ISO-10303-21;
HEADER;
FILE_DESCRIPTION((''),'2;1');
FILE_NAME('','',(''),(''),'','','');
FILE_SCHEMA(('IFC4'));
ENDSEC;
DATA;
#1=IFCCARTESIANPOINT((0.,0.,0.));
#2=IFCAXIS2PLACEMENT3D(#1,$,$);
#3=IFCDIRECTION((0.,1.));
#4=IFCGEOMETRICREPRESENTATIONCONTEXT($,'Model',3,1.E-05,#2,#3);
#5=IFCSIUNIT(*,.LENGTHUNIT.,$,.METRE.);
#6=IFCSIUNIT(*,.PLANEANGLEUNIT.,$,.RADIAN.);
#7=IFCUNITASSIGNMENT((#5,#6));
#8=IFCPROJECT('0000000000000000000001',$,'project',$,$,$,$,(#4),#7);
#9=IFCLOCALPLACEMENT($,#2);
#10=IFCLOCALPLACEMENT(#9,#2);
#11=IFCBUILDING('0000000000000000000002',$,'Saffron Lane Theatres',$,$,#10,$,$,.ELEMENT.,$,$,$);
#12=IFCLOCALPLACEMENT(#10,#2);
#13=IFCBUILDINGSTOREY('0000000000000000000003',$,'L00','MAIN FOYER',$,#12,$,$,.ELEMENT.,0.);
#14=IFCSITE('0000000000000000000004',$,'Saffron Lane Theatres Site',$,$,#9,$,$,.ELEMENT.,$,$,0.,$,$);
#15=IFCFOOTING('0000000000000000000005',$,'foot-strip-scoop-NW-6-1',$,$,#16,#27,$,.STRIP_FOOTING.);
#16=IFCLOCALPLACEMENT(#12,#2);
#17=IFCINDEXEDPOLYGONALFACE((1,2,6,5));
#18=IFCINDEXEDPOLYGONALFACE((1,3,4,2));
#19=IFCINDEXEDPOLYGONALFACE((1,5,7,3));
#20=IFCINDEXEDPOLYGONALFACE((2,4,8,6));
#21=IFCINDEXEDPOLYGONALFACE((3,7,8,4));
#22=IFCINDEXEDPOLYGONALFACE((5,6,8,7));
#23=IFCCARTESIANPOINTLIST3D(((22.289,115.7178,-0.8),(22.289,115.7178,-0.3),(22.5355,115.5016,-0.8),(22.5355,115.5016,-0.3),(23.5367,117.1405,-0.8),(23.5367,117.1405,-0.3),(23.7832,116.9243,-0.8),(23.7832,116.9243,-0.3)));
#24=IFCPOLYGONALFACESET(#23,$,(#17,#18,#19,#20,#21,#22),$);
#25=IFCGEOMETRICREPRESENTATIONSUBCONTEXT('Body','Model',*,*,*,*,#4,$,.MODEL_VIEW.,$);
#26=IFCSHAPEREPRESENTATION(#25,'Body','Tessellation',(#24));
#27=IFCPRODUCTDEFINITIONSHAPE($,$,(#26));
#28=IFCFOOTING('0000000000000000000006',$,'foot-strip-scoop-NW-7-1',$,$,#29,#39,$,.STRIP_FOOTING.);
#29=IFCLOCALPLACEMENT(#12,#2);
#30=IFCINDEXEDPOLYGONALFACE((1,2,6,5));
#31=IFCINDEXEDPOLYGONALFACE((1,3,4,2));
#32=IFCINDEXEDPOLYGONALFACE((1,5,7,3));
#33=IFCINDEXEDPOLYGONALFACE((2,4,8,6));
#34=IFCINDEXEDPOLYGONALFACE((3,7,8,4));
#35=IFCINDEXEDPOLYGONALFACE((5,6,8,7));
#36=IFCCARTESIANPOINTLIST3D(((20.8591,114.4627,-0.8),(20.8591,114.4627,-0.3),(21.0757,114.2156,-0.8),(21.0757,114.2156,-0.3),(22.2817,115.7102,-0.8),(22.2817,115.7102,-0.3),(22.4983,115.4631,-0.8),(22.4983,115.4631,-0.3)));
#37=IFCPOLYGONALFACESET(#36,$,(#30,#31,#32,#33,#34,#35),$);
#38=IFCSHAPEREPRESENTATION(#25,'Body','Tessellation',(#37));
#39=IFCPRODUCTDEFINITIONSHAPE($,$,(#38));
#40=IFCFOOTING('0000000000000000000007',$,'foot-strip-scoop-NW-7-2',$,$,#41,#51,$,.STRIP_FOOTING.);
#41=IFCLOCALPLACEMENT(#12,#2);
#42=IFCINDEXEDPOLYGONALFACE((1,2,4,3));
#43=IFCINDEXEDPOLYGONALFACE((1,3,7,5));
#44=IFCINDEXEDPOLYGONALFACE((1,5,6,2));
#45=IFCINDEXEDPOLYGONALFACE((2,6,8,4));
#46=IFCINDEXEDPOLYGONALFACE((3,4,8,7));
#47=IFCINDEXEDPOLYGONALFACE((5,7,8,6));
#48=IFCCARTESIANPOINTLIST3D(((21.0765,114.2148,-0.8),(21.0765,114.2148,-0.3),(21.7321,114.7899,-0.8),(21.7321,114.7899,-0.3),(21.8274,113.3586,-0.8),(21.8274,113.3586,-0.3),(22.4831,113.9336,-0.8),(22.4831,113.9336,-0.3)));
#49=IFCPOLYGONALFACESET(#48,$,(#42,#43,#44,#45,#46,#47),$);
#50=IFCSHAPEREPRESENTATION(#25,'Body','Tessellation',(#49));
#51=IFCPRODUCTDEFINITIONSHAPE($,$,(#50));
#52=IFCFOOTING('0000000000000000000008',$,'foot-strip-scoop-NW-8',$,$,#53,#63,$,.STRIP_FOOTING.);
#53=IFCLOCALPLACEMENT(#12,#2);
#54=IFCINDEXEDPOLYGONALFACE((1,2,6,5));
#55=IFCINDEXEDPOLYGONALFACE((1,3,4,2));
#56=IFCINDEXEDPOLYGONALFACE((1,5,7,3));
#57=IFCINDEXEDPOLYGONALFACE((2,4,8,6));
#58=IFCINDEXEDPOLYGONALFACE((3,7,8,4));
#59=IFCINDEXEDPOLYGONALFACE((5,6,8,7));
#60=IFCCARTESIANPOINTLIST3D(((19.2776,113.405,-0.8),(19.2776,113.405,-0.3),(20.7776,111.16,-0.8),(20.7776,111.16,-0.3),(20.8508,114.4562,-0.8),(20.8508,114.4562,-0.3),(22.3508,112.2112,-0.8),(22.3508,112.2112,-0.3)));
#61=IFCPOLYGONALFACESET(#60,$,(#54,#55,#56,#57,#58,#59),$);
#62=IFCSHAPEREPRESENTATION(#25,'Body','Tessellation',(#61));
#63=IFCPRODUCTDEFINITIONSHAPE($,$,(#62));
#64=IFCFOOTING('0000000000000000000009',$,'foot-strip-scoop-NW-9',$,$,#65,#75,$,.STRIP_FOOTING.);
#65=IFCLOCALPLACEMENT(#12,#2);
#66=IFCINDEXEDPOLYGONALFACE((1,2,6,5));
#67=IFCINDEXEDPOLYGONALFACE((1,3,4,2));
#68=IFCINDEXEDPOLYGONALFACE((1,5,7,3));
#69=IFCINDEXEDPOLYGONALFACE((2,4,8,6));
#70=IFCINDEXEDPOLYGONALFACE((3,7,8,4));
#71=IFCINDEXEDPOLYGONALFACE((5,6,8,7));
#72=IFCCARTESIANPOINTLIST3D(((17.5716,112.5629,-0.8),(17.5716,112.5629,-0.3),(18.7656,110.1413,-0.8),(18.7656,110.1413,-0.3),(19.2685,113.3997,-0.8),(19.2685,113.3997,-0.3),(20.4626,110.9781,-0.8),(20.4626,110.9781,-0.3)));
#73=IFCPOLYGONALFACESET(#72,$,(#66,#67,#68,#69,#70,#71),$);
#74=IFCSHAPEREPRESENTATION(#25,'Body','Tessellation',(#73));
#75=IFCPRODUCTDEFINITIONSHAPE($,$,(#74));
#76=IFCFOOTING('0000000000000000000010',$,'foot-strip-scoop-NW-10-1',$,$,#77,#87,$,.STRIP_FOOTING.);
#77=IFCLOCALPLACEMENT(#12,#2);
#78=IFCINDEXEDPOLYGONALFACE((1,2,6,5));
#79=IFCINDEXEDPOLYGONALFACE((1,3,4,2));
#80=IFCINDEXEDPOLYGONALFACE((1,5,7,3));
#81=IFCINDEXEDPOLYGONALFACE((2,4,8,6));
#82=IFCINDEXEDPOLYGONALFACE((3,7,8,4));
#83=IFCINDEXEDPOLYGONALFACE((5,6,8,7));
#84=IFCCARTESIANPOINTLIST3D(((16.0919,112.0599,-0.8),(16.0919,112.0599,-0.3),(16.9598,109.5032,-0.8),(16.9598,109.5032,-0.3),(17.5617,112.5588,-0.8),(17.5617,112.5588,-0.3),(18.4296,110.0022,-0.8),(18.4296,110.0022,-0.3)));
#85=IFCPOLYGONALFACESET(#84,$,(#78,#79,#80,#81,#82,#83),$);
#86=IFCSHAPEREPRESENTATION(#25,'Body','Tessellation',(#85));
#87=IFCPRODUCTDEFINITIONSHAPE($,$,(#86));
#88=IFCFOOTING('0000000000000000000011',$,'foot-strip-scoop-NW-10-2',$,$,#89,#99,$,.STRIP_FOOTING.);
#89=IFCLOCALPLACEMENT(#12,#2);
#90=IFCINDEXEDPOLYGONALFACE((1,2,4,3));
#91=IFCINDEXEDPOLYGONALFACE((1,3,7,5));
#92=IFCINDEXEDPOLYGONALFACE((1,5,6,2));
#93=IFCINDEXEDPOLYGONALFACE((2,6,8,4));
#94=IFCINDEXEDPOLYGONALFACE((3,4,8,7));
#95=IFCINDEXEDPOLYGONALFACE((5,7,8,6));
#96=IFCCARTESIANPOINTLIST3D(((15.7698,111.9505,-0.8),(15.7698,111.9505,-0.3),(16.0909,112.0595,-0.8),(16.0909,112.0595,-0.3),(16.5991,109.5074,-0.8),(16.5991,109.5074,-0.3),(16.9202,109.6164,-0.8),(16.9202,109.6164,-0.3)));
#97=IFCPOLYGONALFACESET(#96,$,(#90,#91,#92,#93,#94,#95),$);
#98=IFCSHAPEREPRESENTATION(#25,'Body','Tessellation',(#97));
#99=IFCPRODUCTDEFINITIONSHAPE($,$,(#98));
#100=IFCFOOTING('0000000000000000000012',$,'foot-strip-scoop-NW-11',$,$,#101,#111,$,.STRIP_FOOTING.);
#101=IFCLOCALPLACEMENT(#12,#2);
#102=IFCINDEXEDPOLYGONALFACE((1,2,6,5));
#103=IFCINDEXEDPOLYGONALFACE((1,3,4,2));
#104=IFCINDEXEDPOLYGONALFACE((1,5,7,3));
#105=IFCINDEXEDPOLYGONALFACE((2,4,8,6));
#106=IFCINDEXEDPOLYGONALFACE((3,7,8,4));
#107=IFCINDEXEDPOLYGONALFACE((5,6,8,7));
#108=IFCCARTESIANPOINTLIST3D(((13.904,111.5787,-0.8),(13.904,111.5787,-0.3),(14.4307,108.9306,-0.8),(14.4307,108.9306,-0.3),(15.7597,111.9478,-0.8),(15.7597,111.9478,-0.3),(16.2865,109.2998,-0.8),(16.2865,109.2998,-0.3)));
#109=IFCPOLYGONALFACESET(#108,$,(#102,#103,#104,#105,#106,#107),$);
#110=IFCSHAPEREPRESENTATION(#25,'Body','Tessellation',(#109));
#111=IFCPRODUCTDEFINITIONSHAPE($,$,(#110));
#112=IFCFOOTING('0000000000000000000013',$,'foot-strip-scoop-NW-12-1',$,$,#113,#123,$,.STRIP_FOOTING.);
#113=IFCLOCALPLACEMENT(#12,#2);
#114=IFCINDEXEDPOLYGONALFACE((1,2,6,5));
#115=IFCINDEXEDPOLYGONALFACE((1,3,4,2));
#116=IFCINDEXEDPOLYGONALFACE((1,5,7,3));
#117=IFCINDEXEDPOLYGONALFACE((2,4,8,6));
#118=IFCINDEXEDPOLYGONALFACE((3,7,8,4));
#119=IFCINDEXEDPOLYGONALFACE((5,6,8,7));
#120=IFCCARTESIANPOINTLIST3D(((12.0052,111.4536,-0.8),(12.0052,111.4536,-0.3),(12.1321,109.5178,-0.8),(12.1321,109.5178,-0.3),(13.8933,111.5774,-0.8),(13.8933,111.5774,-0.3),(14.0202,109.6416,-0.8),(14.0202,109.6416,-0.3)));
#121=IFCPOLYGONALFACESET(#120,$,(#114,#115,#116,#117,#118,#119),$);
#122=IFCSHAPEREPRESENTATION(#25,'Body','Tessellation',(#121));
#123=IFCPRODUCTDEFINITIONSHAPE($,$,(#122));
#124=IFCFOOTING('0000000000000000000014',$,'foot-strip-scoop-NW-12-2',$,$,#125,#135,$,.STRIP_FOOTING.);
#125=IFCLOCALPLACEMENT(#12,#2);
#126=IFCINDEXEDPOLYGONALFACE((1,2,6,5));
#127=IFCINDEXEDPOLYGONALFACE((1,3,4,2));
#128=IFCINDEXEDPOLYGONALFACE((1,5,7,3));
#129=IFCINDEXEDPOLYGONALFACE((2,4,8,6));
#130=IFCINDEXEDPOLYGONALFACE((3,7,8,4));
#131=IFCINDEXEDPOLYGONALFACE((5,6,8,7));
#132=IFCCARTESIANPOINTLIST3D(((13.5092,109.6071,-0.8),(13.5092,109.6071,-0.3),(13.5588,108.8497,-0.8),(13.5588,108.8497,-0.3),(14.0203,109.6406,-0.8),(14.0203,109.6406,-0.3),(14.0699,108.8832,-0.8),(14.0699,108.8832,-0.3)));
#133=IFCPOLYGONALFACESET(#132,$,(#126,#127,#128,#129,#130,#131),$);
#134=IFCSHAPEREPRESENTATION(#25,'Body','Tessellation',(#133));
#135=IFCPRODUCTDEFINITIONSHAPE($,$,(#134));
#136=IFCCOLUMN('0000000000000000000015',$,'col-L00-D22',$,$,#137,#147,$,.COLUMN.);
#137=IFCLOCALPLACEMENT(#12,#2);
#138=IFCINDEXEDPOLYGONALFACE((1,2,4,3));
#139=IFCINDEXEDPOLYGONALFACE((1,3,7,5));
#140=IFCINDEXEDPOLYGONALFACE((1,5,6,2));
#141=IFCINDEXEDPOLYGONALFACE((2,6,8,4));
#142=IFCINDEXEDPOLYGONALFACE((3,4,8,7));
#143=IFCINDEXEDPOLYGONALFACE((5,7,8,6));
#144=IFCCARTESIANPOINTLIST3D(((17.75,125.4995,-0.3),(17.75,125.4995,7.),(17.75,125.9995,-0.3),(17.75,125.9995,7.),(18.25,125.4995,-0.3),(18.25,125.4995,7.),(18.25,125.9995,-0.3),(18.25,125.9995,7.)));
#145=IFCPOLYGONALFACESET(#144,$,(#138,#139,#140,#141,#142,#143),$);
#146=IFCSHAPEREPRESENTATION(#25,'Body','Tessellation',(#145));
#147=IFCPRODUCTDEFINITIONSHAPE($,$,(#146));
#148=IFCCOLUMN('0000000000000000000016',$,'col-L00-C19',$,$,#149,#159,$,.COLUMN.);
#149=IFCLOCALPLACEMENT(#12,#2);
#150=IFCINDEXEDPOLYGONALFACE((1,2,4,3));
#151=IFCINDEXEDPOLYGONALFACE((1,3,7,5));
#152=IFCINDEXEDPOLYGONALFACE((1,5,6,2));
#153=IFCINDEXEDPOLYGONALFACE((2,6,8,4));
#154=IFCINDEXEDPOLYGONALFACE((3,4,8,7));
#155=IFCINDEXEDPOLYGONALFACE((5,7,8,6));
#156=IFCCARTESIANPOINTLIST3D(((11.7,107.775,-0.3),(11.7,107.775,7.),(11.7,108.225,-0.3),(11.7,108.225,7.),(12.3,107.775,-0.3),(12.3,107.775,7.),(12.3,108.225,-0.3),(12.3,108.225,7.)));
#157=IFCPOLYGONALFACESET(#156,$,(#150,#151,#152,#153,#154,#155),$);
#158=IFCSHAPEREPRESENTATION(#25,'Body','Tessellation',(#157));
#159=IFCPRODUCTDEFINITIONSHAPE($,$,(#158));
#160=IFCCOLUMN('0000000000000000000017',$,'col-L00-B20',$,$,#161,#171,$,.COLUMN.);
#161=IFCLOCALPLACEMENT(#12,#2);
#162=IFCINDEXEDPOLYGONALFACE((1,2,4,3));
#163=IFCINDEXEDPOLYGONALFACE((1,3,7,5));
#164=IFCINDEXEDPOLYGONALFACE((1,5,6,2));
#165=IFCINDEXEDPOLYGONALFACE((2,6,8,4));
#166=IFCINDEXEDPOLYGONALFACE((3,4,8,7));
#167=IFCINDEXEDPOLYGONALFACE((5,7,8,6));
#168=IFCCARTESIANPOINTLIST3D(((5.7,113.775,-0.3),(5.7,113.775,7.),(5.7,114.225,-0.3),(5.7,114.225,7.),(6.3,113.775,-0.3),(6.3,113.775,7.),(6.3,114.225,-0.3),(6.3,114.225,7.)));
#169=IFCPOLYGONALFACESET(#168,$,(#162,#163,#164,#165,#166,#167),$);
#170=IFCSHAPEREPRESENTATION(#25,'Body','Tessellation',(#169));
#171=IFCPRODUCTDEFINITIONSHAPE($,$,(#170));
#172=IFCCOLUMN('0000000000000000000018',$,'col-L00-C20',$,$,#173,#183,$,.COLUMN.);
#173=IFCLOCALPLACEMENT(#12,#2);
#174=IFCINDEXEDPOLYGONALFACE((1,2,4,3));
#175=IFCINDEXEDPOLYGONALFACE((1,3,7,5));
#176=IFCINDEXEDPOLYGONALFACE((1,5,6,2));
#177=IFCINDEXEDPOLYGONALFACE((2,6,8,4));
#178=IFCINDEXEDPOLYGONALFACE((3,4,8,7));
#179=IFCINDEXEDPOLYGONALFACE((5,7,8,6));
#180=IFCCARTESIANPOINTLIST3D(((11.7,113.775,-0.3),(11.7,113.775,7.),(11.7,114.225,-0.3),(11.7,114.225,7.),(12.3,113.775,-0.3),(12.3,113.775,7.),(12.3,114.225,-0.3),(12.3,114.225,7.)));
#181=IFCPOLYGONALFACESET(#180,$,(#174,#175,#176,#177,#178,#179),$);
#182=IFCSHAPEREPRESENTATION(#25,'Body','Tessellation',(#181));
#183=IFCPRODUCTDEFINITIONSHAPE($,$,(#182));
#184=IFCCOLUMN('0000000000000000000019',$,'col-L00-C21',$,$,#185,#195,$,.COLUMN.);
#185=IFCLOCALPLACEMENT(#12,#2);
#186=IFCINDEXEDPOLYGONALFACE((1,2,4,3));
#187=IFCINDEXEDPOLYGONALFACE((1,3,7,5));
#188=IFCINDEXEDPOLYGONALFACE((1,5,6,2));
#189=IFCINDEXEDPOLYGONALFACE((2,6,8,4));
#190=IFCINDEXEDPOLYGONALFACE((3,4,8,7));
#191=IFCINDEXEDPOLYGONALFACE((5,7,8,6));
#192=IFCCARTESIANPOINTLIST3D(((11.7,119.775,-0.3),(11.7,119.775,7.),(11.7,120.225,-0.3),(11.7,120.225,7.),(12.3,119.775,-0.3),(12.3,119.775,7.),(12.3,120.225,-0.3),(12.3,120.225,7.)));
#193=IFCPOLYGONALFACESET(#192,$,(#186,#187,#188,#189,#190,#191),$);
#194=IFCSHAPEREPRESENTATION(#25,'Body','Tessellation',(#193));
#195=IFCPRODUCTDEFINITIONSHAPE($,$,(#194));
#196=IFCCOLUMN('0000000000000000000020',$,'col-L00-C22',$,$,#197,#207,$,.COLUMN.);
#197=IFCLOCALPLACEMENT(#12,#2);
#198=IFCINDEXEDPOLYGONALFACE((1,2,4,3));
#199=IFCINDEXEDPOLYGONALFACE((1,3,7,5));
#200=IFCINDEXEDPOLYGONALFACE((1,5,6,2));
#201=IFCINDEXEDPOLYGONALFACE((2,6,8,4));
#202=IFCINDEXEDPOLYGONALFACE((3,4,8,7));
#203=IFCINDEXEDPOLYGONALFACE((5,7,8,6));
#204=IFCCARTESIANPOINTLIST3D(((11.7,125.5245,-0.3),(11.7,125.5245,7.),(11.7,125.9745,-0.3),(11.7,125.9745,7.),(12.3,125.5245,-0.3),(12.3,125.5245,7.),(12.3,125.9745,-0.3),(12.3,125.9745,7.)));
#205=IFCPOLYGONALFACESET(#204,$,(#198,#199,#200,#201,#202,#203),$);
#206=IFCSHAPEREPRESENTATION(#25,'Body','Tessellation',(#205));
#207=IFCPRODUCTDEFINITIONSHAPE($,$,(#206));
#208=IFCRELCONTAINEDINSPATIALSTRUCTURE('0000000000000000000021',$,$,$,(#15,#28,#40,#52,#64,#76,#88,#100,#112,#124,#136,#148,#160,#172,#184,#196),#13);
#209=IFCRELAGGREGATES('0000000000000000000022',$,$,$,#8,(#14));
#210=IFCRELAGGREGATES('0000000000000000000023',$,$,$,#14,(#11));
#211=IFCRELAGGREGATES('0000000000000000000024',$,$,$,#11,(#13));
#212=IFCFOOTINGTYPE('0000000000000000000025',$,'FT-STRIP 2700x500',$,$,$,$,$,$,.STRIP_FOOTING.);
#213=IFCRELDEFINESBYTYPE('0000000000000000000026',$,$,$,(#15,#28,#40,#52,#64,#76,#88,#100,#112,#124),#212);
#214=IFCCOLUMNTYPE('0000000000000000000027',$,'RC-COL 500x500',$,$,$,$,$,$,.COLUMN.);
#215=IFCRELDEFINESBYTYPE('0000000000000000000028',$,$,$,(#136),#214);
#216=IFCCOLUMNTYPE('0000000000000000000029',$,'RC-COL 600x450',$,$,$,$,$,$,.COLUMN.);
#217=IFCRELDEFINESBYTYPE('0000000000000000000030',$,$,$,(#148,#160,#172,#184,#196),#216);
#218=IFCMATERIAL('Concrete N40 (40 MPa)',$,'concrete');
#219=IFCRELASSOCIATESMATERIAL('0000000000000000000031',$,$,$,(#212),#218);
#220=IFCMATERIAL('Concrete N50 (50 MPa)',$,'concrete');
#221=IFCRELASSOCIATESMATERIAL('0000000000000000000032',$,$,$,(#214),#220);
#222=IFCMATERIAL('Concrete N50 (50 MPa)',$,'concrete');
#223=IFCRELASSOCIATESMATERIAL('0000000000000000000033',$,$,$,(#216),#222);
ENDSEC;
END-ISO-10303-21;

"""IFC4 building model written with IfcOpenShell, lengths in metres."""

from ifc_helpers import new_model, si_unit, direction, frame, origin, origin_2d, place, context, subcontext, project, spatial, rectangle, extrude, material, material_profile, profile_set, type_object, element, save


model = new_model("IFC4")

# Units and contexts
model_context = context("Model", 3, precision=1e-05, world=origin(), true_north=direction((0.0, 1.0)))
body_context = subcontext(model_context, "Body", "Model", "MODEL_VIEW")
ifc_project = project(units=[si_unit("LENGTHUNIT", "METRE"), si_unit("PLANEANGLEUNIT", "RADIAN")], contexts=[model_context])

# Site, building, storey
site_placement = place(None, origin())
site = spatial("IfcSite", under=ifc_project, at=site_placement, Name="Saffron Lane Theatres Site", CompositionType="ELEMENT", RefElevation=0.0)
building_placement = place(site_placement, origin())
building = spatial("IfcBuilding", under=site, at=building_placement, Name="Saffron Lane Theatres", CompositionType="ELEMENT")
storey_placement = place(building_placement, origin())
storey = spatial("IfcBuildingStorey", under=building, at=storey_placement, Name="L00", Description="MAIN FOYER", CompositionType="ELEMENT", Elevation=0.0)

# Footings
ifc_material_1 = material(Name="Concrete N40 (40 MPa)", Category="concrete")
footing_type = type_object("IfcFootingType", Name="FT-STRIP 2700x500", PredefinedType="STRIP_FOOTING", material=ifc_material_1)
footing_1_placement = place(storey_placement, frame((23.0361, 116.321, -0.8), z_axis=(0.0, 0.0, 1.0), x_axis=(0.65935, 0.751836, 0.0)))
element("IfcFooting", 1, at=footing_1_placement, inside=storey, type_object=footing_type, Name="foot-strip-scoop-NW-6-1", PredefinedType="STRIP_FOOTING", context=body_context, shape_type="SweptSolid", body=[
    extrude(rectangle(XDim=1.8923, YDim=0.3279, at=origin_2d()), origin(), (0.0, 0.0, 1.0), 0.5),
])
footing_2_placement = place(storey_placement, frame((21.6787, 114.9629, -0.8), z_axis=(0.0, 0.0, 1.0), x_axis=(0.75186, 0.659323, 0.0)))
element("IfcFooting", 2, at=footing_2_placement, inside=storey, type_object=footing_type, Name="foot-strip-scoop-NW-7-1", PredefinedType="STRIP_FOOTING", context=body_context, shape_type="SweptSolid", body=[
    extrude(rectangle(XDim=1.8921, YDim=0.3286, at=origin_2d()), origin(), (0.0, 0.0, 1.0), 0.5),
])
footing_3_placement = place(storey_placement, frame((21.7798, 114.0742, -0.8), z_axis=(0.0, 0.0, 1.0), x_axis=(-0.659368, 0.75182, 0.0)))
element("IfcFooting", 3, at=footing_3_placement, inside=storey, type_object=footing_type, Name="foot-strip-scoop-NW-7-2", PredefinedType="STRIP_FOOTING", context=body_context, shape_type="SweptSolid", body=[
    extrude(rectangle(XDim=1.1389, YDim=0.8721, at=origin_2d()), origin(), (0.0, 0.0, 1.0), 0.5),
])
for number, where, z_axis, x_axis, name in (
    (4, (20.8142, 112.8081, -0.8), (0.0, 0.0, 1.0), (-0.555572, 0.831469, 0.0), "foot-strip-scoop-NW-8"),
    (5, (19.0171, 111.7705, -0.8), (0.0, 0.0, 1.0), (-0.44226, 0.896887, 0.0), "foot-strip-scoop-NW-9"),
):
    element("IfcFooting", number, at=place(storey_placement, frame(where, z_axis=z_axis, x_axis=x_axis)), inside=storey, type_object=footing_type, Name=name, PredefinedType="STRIP_FOOTING", context=body_context, shape_type="SweptSolid", body=[
        extrude(rectangle(XDim=2.7, YDim=1.8921, at=origin_2d()), origin(), (0.0, 0.0, 1.0), 0.5),
    ])
footing_4_placement = place(storey_placement, frame((17.2607, 111.031, -0.8), z_axis=(0.0, 0.0, 1.0), x_axis=(-0.321445, 0.946928, 0.0)))
element("IfcFooting", 6, at=footing_4_placement, inside=storey, type_object=footing_type, Name="foot-strip-scoop-NW-10-1", PredefinedType="STRIP_FOOTING", context=body_context, shape_type="SweptSolid", body=[
    extrude(rectangle(XDim=2.7, YDim=1.5522, at=origin_2d()), origin(), (0.0, 0.0, 1.0), 0.5),
])
footing_5_placement = place(storey_placement, frame((16.345, 110.7834, -0.8), z_axis=(0.0, 0.0, 1.0), x_axis=(-0.321432, 0.946933, 0.0)))
element("IfcFooting", 7, at=footing_5_placement, inside=storey, type_object=footing_type, Name="foot-strip-scoop-NW-10-2", PredefinedType="STRIP_FOOTING", context=body_context, shape_type="SweptSolid", body=[
    extrude(rectangle(XDim=2.5801, YDim=0.3391, at=origin_2d()), origin(), (0.0, 0.0, 1.0), 0.5),
])
footing_6_placement = place(storey_placement, frame((15.0952, 110.4392, -0.8), z_axis=(0.0, 0.0, 1.0), x_axis=(-0.195112, 0.980781, 0.0)))
element("IfcFooting", 8, at=footing_6_placement, inside=storey, type_object=footing_type, Name="foot-strip-scoop-NW-11", PredefinedType="STRIP_FOOTING", context=body_context, shape_type="SweptSolid", body=[
    extrude(rectangle(XDim=2.7, YDim=1.8921, at=origin_2d()), origin(), (0.0, 0.0, 1.0), 0.5),
])
footing_7_placement = place(storey_placement, frame((13.0127, 110.5476, -0.8), z_axis=(0.0, 0.0, 1.0), x_axis=(-0.065411, 0.997858, 0.0)))
element("IfcFooting", 9, at=footing_7_placement, inside=storey, type_object=footing_type, Name="foot-strip-scoop-NW-12-1", PredefinedType="STRIP_FOOTING", context=body_context, shape_type="SweptSolid", body=[
    extrude(rectangle(XDim=1.9399, YDim=1.8921, at=origin_2d()), origin(), (0.0, 0.0, 1.0), 0.5),
])
footing_8_placement = place(storey_placement, frame((13.7896, 109.2451, -0.8), z_axis=(0.0, 0.0, 1.0), x_axis=(-0.065405, 0.997859, 0.0)))
element("IfcFooting", 10, at=footing_8_placement, inside=storey, type_object=footing_type, Name="foot-strip-scoop-NW-12-2", PredefinedType="STRIP_FOOTING", context=body_context, shape_type="SweptSolid", body=[
    extrude(rectangle(XDim=0.759, YDim=0.5122, at=origin_2d()), origin(), (0.0, 0.0, 1.0), 0.5),
])

# Columns
ifc_material_2 = material(Name="Concrete N50 (50 MPa)", Category="concrete")
ifc_material_profile_1 = material_profile(ifc_material_2, rectangle(XDim=0.5, YDim=0.5, at=origin_2d()))
ifc_profile_set_1 = profile_set([ifc_material_profile_1], Name="Concrete N50 (50 MPa)")
column_type_1 = type_object("IfcColumnType", Name="RC-COL 500x500", PredefinedType="COLUMN", material=ifc_profile_set_1)
column_1_placement = place(storey_placement, frame((18.0, 125.7495, -0.3), z_axis=(0.0, 0.0, 1.0), x_axis=(1.0, 0.0, 0.0)))
element("IfcColumn", 11, at=column_1_placement, inside=storey, type_object=column_type_1, Name="col-L00-D22", PredefinedType="COLUMN", context=body_context, shape_type="SweptSolid", body=[
    extrude(rectangle(XDim=0.5, YDim=0.5, at=origin_2d()), origin(), (0.0, 0.0, 1.0), 7.3),
])
ifc_material_3 = material(Name="Concrete N50 (50 MPa)", Category="concrete")
ifc_material_profile_2 = material_profile(ifc_material_3, rectangle(XDim=0.6001, YDim=0.45, at=origin_2d()))
ifc_profile_set_2 = profile_set([ifc_material_profile_2], Name="Concrete N50 (50 MPa)")
column_type_2 = type_object("IfcColumnType", Name="RC-COL 600x450", PredefinedType="COLUMN", material=ifc_profile_set_2)
for number, where, z_axis, x_axis, name in (
    (12, (12.0, 108.0, -0.3), (0.0, 0.0, 1.0), (1.0, 0.0, 0.0), "col-L00-C19"),
    (13, (6.0, 114.0, -0.3), (0.0, 0.0, 1.0), (1.0, 0.0, 0.0), "col-L00-B20"),
    (14, (12.0, 114.0, -0.3), (0.0, 0.0, 1.0), (1.0, 0.0, 0.0), "col-L00-C20"),
    (15, (12.0, 120.0, -0.3), (0.0, 0.0, 1.0), (1.0, 0.0, 0.0), "col-L00-C21"),
    (16, (12.0, 125.7495, -0.3), (0.0, 0.0, 1.0), (1.0, 0.0, 0.0), "col-L00-C22"),
):
    element("IfcColumn", number, at=place(storey_placement, frame(where, z_axis=z_axis, x_axis=x_axis)), inside=storey, type_object=column_type_2, Name=name, PredefinedType="COLUMN", context=body_context, shape_type="SweptSolid", body=[
        extrude(rectangle(XDim=0.6001, YDim=0.45, at=origin_2d()), origin(), (0.0, 0.0, 1.0), 7.3),
    ])

save(model, "model.ifc")
